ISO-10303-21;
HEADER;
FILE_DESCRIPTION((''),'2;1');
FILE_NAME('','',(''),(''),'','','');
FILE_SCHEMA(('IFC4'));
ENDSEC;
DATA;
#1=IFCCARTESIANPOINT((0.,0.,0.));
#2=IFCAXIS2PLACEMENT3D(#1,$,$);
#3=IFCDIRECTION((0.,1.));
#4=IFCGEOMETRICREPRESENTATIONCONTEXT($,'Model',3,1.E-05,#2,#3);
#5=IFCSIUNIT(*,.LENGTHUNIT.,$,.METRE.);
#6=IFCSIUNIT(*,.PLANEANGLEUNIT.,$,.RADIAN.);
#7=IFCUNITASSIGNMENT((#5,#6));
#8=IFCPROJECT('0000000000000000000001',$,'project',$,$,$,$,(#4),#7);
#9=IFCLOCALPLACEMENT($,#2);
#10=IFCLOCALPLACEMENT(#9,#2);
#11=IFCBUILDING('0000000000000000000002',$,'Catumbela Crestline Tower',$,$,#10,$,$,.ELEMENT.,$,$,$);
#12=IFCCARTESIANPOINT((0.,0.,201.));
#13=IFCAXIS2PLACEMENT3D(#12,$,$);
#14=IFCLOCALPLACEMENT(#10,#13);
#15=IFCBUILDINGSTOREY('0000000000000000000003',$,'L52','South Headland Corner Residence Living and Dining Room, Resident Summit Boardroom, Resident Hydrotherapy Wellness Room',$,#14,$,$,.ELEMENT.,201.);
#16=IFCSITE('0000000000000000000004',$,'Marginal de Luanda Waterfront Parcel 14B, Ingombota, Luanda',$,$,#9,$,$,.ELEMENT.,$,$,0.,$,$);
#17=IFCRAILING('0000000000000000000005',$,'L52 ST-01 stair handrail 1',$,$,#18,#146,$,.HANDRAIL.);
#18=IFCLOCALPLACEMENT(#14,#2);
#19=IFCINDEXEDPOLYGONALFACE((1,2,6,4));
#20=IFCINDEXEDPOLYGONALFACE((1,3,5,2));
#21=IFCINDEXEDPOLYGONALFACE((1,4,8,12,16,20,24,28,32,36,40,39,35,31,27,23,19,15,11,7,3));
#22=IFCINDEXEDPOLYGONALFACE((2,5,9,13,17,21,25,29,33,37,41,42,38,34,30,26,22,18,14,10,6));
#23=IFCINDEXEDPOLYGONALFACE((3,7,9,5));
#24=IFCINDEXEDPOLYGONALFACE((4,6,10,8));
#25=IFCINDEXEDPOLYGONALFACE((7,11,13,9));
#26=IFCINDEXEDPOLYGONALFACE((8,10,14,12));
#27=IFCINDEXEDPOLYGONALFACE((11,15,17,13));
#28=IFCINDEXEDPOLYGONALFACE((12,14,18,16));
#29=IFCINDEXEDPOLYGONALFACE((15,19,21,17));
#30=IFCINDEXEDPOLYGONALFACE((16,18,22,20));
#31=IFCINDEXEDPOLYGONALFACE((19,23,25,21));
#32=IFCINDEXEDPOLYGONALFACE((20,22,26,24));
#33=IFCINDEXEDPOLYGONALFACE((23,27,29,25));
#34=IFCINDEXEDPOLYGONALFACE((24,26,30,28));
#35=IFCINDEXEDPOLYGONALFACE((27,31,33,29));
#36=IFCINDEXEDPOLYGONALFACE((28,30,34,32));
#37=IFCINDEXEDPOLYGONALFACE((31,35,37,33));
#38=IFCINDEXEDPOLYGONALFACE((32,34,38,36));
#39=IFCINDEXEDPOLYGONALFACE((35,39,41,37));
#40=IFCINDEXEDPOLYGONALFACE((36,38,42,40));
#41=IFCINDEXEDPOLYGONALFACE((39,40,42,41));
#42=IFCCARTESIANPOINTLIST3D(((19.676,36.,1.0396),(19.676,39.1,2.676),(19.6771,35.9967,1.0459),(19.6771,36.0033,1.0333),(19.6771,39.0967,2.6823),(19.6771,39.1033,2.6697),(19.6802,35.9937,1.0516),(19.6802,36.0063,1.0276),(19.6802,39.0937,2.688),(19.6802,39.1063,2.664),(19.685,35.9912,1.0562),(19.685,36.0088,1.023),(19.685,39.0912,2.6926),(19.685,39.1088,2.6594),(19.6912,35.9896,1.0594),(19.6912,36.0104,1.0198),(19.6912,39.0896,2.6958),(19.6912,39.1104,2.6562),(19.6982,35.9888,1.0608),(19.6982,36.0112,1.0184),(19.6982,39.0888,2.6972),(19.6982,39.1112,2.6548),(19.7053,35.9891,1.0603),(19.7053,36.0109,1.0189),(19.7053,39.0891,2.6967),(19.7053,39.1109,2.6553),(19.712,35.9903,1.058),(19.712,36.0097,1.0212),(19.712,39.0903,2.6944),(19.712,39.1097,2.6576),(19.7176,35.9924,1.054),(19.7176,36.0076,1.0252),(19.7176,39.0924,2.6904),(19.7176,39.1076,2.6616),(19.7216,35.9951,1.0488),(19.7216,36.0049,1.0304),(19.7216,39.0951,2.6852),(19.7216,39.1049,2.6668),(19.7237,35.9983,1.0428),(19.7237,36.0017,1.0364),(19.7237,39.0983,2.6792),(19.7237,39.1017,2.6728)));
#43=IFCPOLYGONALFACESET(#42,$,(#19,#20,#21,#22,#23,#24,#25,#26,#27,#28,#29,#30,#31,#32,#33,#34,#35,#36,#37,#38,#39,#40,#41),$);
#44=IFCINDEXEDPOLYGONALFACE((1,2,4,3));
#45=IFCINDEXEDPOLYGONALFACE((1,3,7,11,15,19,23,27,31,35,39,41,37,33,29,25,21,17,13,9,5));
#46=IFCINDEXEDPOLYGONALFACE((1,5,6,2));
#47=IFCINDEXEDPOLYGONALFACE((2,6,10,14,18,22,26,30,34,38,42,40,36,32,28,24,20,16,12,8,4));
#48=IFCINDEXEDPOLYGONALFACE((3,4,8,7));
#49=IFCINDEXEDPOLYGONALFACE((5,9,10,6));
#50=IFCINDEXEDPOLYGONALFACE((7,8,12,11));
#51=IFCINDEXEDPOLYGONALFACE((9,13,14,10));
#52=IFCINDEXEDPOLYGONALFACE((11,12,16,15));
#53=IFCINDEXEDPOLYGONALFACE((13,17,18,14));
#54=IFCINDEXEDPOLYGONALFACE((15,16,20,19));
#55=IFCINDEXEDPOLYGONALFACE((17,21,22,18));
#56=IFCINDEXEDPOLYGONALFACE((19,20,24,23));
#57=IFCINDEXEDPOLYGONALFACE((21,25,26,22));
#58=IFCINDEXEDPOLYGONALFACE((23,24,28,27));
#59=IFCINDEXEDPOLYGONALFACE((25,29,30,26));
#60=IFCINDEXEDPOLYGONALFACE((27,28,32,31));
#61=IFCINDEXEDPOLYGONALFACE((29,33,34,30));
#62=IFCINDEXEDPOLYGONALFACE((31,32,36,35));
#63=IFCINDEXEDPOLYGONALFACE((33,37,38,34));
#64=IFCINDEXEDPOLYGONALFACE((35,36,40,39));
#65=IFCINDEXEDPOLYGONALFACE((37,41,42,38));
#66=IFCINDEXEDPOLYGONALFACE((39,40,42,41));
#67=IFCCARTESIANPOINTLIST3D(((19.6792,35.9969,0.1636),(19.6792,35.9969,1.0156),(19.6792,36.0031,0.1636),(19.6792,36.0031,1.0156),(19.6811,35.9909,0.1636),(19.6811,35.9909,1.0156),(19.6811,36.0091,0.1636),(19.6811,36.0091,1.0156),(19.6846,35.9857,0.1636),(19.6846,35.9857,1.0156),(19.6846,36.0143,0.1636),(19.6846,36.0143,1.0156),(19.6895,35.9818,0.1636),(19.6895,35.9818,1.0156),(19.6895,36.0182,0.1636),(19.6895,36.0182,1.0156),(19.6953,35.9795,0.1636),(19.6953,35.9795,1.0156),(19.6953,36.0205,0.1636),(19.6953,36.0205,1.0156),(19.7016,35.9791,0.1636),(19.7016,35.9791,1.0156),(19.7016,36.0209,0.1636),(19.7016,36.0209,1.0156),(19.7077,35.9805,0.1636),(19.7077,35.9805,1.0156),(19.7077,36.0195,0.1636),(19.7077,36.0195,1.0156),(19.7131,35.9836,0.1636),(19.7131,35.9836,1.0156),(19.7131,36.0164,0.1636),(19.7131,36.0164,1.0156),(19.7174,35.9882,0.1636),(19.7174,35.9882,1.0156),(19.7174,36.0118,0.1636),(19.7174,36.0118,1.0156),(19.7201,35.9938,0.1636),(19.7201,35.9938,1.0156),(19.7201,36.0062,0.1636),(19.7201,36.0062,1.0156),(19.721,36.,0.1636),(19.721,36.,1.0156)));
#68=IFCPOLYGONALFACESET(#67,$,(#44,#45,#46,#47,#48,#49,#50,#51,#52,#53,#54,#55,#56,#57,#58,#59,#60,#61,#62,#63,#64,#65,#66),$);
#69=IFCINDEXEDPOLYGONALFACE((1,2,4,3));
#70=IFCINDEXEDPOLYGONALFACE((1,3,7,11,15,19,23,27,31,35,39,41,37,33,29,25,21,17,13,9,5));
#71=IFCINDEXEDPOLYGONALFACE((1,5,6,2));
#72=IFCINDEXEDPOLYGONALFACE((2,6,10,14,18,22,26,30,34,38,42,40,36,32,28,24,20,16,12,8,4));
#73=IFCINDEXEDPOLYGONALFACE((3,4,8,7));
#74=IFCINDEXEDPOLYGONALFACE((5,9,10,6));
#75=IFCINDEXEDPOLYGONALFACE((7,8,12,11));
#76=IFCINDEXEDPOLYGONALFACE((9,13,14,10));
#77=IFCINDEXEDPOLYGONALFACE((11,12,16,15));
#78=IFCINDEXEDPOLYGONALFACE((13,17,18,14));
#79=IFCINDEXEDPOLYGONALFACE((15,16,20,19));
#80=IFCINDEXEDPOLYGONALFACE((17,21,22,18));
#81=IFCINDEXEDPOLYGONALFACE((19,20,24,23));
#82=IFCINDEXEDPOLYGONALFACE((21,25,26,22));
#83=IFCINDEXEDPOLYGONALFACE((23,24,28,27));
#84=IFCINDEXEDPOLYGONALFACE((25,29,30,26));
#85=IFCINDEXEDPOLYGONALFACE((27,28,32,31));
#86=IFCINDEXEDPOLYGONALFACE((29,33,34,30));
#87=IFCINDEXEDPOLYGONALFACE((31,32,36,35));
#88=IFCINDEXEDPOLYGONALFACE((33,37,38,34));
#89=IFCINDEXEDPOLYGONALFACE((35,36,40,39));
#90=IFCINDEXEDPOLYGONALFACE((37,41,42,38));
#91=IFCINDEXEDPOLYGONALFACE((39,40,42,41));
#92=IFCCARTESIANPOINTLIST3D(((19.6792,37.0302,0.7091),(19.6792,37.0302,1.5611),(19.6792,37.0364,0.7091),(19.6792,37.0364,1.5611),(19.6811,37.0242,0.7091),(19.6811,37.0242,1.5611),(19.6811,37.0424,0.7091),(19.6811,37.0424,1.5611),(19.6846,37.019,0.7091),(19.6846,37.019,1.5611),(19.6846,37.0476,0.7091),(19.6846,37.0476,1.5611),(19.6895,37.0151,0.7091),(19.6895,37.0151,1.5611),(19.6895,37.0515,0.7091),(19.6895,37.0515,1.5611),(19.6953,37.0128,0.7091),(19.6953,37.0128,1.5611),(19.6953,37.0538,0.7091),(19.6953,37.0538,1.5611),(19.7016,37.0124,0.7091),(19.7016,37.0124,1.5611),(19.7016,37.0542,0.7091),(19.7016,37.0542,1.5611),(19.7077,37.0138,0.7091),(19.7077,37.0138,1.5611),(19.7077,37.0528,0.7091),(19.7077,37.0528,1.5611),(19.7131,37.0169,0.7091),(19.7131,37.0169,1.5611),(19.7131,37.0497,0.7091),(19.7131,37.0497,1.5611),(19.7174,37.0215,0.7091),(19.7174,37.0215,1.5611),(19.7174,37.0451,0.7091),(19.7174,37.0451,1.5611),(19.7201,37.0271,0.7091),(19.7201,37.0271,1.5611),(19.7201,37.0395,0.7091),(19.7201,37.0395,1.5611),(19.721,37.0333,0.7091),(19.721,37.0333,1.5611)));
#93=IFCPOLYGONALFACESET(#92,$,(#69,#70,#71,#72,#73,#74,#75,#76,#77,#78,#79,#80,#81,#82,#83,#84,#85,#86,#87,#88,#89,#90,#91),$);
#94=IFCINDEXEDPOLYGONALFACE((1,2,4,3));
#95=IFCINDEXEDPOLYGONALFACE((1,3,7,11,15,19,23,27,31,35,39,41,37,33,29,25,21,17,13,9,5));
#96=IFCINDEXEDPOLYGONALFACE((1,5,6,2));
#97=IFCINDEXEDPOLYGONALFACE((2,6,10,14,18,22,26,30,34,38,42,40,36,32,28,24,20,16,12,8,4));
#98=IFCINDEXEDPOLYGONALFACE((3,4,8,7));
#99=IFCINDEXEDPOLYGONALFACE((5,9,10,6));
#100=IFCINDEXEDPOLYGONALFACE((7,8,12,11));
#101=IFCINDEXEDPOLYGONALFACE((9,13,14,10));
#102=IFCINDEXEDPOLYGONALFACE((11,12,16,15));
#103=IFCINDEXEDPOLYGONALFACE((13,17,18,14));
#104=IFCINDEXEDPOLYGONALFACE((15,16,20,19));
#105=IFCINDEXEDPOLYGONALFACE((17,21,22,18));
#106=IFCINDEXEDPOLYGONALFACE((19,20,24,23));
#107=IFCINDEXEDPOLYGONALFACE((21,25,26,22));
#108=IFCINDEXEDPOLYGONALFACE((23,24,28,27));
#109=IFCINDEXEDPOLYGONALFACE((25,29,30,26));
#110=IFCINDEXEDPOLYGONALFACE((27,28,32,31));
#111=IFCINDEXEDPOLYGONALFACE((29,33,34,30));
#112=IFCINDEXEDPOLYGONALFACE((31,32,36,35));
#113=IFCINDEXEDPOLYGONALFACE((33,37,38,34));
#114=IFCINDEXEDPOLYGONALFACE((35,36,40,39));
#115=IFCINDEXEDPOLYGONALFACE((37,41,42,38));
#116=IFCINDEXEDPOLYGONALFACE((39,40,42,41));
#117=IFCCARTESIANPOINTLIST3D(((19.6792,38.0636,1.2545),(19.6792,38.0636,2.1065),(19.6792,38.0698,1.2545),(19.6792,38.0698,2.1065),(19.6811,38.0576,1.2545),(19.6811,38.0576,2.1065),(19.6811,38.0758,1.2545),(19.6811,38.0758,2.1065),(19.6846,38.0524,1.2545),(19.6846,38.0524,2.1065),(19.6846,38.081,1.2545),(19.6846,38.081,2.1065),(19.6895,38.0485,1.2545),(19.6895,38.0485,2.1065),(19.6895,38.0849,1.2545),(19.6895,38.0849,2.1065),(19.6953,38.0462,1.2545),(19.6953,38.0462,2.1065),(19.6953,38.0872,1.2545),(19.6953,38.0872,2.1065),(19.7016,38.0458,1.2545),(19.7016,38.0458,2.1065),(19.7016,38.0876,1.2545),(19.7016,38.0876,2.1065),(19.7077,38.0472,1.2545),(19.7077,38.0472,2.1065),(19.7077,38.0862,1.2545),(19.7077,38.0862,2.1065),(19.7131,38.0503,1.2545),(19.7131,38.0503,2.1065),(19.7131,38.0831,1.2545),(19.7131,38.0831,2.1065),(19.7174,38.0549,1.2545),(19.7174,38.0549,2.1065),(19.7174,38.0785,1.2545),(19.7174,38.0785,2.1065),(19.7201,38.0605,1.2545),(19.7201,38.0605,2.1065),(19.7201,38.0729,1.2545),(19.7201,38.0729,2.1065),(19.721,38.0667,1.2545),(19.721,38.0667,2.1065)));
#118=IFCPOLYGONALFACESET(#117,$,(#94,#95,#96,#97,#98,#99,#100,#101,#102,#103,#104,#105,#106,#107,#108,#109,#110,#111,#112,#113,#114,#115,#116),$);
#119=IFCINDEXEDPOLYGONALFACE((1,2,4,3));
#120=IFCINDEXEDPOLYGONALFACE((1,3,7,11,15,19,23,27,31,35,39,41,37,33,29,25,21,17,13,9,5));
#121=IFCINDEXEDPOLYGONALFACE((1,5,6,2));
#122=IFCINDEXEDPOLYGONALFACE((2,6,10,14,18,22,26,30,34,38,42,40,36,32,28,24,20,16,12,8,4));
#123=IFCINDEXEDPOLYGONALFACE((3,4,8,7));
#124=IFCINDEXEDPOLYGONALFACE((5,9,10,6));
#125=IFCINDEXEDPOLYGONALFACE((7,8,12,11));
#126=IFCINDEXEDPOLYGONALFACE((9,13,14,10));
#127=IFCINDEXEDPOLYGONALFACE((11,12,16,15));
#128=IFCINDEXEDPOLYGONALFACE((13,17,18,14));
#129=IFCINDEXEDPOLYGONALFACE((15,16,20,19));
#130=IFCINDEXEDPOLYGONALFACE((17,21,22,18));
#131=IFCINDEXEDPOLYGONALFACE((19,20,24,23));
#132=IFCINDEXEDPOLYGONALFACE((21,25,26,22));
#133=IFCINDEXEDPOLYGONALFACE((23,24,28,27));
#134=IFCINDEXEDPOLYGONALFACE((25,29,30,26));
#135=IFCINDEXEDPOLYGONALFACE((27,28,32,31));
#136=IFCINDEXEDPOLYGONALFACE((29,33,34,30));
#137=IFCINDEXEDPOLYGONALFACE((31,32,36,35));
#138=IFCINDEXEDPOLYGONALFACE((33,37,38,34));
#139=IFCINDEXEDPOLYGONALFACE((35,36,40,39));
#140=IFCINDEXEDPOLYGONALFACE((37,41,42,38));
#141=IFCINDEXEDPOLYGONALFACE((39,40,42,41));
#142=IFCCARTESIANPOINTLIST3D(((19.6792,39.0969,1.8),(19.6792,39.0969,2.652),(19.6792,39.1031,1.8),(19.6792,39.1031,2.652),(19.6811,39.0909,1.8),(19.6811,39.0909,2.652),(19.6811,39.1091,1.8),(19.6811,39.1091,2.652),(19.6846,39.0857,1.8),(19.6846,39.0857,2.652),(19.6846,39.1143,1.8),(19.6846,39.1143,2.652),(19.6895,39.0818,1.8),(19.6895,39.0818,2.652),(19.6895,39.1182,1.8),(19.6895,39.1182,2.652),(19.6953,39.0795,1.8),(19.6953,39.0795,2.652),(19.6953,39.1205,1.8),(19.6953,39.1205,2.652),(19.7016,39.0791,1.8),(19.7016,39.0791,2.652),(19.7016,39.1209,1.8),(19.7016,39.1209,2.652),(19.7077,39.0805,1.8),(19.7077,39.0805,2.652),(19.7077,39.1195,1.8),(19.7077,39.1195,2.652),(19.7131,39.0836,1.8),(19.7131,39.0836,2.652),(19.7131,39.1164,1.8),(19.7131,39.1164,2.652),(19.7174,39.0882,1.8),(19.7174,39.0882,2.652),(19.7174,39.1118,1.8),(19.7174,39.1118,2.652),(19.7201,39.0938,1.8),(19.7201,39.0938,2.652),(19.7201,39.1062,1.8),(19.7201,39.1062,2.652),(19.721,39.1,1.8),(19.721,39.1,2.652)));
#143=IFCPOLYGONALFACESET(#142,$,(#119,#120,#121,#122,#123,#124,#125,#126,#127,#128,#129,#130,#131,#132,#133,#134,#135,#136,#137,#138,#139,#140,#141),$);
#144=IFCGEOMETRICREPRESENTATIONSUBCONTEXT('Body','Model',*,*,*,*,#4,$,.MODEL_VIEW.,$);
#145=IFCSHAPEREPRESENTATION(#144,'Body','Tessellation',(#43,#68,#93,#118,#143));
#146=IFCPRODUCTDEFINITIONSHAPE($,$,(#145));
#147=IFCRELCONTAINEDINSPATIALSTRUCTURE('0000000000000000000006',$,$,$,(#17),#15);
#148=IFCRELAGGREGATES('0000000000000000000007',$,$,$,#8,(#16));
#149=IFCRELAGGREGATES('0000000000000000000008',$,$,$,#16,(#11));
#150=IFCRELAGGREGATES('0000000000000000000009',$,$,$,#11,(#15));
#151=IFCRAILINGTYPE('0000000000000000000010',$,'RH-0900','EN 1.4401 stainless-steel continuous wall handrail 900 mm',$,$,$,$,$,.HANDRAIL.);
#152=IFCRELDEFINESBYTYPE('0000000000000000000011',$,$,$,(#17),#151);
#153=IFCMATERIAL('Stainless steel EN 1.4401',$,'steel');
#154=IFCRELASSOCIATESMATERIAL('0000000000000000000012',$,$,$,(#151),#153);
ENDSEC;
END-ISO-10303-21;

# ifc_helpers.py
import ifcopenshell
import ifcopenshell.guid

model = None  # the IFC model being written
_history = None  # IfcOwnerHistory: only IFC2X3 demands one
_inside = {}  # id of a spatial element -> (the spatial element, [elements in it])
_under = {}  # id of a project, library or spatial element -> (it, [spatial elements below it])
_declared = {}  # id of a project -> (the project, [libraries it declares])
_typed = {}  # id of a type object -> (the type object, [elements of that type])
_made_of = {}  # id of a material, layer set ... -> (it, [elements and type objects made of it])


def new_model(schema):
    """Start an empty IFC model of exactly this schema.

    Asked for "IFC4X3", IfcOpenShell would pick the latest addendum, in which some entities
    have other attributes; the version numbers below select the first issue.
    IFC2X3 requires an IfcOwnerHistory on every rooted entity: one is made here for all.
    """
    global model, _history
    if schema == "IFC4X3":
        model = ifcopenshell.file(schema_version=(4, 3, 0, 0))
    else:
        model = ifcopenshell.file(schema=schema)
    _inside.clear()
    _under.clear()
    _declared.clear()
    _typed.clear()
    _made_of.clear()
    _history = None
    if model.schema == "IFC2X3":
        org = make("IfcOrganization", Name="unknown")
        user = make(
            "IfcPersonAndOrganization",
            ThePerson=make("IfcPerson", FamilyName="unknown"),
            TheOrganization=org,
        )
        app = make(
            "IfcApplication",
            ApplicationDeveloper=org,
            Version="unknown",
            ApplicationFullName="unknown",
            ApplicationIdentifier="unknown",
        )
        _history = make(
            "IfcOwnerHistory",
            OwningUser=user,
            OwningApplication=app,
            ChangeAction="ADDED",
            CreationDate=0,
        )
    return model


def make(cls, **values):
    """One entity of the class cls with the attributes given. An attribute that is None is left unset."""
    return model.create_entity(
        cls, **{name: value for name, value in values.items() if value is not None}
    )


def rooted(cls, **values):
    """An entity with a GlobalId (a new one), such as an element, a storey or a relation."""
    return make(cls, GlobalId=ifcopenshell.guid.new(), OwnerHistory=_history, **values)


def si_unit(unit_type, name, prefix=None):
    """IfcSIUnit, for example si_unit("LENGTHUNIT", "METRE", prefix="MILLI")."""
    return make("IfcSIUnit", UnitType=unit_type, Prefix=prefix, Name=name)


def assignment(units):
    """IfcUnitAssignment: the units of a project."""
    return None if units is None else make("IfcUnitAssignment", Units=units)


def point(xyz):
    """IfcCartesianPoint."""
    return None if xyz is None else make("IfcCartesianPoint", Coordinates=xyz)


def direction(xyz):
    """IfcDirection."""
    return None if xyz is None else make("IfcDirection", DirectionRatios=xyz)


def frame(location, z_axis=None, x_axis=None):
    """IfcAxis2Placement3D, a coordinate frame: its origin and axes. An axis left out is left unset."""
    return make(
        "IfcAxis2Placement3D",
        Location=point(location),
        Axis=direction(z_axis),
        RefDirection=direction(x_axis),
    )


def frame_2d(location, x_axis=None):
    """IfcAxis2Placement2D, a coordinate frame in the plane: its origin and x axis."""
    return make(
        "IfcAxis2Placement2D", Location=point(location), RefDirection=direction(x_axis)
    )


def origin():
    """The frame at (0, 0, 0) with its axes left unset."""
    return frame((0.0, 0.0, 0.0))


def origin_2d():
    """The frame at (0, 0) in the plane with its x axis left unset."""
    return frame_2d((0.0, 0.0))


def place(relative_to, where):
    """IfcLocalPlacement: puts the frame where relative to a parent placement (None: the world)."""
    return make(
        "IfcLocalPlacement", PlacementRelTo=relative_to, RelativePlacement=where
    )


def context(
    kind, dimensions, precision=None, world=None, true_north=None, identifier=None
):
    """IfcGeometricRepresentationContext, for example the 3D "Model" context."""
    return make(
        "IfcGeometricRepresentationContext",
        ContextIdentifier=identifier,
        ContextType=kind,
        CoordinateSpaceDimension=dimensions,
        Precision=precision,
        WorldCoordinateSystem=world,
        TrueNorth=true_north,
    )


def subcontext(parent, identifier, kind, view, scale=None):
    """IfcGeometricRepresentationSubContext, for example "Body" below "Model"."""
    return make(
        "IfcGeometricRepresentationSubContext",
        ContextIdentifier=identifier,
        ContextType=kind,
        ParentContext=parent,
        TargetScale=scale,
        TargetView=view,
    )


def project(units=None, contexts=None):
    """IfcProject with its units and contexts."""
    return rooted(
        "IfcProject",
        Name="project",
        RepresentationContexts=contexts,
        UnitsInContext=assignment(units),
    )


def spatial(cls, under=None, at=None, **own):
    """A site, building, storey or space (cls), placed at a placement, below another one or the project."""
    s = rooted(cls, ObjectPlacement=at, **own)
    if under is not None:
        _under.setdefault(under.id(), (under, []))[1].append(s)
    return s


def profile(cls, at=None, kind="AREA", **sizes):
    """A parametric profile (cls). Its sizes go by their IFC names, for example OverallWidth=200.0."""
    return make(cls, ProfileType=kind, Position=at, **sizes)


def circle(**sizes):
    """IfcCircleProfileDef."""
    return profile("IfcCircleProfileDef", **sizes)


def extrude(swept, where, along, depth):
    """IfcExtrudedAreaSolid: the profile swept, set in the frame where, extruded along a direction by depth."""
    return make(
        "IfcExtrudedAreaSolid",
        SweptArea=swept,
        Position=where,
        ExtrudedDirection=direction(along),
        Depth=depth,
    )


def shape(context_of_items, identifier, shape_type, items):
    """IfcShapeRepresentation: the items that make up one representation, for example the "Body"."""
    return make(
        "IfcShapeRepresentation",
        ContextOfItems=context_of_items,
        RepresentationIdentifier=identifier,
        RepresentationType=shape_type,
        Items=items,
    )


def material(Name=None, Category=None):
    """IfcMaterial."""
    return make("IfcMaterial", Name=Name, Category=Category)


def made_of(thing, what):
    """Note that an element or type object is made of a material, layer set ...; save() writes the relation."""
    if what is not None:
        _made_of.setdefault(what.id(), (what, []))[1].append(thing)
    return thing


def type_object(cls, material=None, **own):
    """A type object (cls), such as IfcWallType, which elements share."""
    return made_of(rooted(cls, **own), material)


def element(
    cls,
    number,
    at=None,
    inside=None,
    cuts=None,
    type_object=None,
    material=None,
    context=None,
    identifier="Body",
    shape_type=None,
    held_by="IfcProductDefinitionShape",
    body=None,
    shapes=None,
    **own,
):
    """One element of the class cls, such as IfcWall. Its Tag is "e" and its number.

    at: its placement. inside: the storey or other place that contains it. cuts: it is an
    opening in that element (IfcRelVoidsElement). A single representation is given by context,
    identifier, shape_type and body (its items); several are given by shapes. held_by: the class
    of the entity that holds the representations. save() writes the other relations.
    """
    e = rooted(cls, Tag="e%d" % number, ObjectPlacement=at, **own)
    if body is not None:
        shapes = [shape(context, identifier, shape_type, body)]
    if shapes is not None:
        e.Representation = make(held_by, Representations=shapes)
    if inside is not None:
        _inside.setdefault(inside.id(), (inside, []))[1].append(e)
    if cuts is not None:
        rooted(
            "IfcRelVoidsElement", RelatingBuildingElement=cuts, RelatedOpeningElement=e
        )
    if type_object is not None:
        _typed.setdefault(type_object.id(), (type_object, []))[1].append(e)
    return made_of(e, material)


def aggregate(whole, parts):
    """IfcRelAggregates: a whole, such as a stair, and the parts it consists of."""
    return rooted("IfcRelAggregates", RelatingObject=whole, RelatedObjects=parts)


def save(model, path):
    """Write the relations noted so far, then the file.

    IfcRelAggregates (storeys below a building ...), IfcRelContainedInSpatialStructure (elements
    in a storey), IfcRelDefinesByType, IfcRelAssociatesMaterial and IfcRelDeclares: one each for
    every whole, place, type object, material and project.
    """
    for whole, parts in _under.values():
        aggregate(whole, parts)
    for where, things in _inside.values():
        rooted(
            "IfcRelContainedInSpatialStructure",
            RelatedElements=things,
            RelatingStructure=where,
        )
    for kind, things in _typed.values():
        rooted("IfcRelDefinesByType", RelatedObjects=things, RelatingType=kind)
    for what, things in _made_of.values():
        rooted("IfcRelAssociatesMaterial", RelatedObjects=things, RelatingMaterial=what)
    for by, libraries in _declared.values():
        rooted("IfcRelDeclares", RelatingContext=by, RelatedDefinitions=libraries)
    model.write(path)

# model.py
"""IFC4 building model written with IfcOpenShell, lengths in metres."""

from ifc_helpers import new_model, si_unit, direction, frame, origin, origin_2d, place, context, subcontext, project, spatial, circle, extrude, material, type_object, element, save


model = new_model("IFC4")

# Units and contexts
model_context = context("Model", 3, precision=1e-05, world=origin(), true_north=direction((0.0, 1.0)))
body_context = subcontext(model_context, "Body", "Model", "MODEL_VIEW")
ifc_project = project(units=[si_unit("LENGTHUNIT", "METRE"), si_unit("PLANEANGLEUNIT", "RADIAN")], contexts=[model_context])

# Site, building, storey
site_placement = place(None, origin())
site = spatial("IfcSite", under=ifc_project, at=site_placement, Name="Marginal de Luanda Waterfront Parcel 14B, Ingombota, Luanda", CompositionType="ELEMENT", RefElevation=0.0)
building_placement = place(site_placement, origin())
building = spatial("IfcBuilding", under=site, at=building_placement, Name="Catumbela Crestline Tower", CompositionType="ELEMENT")
storey_placement = place(building_placement, frame((0.0, 0.0, 201.0)))
storey = spatial("IfcBuildingStorey", under=building, at=storey_placement, Name="L52", Description="South Headland Corner Residence Living and Dining Room, Resident Summit Boardroom, Resident Hydrotherapy Wellness Room", CompositionType="ELEMENT", Elevation=201.0)

# Shared definitions
ifc_material_1 = material(Name="Stainless steel EN 1.4401", Category="steel")

# Railing
railing_type_1 = type_object("IfcRailingType", Name="RH-0900", Description="EN 1.4401 stainless-steel continuous wall handrail 900 mm", PredefinedType="HANDRAIL", material=ifc_material_1)
railing_1_placement = place(storey_placement, frame((19.7, 36.0, 0.1636)))
element("IfcRailing", 1, at=railing_1_placement, inside=storey, type_object=railing_type_1, Name="L52 ST-01 stair handrail 1", PredefinedType="HANDRAIL", context=body_context, shape_type="SweptSolid", body=[
    extrude(circle(Radius=0.024, at=origin_2d()), frame((0.0, 0.0, 0.876), z_axis=(0.0, 0.884351, 0.466823), x_axis=(-1.0, 0.0, 0.0)), (0.0, 0.0, 1.0), 3.5054),
    extrude(circle(Radius=0.021, at=origin_2d()), origin(), (0.0, 0.0, 1.0), 0.852),
    extrude(circle(Radius=0.021, at=origin_2d()), frame((0.0, 1.0333, 0.5455)), (0.0, 0.0, 1.0), 0.852),
    extrude(circle(Radius=0.021, at=origin_2d()), frame((0.0, 2.0667, 1.0909)), (0.0, 0.0, 1.0), 0.852),
    extrude(circle(Radius=0.021, at=origin_2d()), frame((0.0, 3.1, 1.6364)), (0.0, 0.0, 1.0), 0.852),
])

save(model, "model.ifc")
